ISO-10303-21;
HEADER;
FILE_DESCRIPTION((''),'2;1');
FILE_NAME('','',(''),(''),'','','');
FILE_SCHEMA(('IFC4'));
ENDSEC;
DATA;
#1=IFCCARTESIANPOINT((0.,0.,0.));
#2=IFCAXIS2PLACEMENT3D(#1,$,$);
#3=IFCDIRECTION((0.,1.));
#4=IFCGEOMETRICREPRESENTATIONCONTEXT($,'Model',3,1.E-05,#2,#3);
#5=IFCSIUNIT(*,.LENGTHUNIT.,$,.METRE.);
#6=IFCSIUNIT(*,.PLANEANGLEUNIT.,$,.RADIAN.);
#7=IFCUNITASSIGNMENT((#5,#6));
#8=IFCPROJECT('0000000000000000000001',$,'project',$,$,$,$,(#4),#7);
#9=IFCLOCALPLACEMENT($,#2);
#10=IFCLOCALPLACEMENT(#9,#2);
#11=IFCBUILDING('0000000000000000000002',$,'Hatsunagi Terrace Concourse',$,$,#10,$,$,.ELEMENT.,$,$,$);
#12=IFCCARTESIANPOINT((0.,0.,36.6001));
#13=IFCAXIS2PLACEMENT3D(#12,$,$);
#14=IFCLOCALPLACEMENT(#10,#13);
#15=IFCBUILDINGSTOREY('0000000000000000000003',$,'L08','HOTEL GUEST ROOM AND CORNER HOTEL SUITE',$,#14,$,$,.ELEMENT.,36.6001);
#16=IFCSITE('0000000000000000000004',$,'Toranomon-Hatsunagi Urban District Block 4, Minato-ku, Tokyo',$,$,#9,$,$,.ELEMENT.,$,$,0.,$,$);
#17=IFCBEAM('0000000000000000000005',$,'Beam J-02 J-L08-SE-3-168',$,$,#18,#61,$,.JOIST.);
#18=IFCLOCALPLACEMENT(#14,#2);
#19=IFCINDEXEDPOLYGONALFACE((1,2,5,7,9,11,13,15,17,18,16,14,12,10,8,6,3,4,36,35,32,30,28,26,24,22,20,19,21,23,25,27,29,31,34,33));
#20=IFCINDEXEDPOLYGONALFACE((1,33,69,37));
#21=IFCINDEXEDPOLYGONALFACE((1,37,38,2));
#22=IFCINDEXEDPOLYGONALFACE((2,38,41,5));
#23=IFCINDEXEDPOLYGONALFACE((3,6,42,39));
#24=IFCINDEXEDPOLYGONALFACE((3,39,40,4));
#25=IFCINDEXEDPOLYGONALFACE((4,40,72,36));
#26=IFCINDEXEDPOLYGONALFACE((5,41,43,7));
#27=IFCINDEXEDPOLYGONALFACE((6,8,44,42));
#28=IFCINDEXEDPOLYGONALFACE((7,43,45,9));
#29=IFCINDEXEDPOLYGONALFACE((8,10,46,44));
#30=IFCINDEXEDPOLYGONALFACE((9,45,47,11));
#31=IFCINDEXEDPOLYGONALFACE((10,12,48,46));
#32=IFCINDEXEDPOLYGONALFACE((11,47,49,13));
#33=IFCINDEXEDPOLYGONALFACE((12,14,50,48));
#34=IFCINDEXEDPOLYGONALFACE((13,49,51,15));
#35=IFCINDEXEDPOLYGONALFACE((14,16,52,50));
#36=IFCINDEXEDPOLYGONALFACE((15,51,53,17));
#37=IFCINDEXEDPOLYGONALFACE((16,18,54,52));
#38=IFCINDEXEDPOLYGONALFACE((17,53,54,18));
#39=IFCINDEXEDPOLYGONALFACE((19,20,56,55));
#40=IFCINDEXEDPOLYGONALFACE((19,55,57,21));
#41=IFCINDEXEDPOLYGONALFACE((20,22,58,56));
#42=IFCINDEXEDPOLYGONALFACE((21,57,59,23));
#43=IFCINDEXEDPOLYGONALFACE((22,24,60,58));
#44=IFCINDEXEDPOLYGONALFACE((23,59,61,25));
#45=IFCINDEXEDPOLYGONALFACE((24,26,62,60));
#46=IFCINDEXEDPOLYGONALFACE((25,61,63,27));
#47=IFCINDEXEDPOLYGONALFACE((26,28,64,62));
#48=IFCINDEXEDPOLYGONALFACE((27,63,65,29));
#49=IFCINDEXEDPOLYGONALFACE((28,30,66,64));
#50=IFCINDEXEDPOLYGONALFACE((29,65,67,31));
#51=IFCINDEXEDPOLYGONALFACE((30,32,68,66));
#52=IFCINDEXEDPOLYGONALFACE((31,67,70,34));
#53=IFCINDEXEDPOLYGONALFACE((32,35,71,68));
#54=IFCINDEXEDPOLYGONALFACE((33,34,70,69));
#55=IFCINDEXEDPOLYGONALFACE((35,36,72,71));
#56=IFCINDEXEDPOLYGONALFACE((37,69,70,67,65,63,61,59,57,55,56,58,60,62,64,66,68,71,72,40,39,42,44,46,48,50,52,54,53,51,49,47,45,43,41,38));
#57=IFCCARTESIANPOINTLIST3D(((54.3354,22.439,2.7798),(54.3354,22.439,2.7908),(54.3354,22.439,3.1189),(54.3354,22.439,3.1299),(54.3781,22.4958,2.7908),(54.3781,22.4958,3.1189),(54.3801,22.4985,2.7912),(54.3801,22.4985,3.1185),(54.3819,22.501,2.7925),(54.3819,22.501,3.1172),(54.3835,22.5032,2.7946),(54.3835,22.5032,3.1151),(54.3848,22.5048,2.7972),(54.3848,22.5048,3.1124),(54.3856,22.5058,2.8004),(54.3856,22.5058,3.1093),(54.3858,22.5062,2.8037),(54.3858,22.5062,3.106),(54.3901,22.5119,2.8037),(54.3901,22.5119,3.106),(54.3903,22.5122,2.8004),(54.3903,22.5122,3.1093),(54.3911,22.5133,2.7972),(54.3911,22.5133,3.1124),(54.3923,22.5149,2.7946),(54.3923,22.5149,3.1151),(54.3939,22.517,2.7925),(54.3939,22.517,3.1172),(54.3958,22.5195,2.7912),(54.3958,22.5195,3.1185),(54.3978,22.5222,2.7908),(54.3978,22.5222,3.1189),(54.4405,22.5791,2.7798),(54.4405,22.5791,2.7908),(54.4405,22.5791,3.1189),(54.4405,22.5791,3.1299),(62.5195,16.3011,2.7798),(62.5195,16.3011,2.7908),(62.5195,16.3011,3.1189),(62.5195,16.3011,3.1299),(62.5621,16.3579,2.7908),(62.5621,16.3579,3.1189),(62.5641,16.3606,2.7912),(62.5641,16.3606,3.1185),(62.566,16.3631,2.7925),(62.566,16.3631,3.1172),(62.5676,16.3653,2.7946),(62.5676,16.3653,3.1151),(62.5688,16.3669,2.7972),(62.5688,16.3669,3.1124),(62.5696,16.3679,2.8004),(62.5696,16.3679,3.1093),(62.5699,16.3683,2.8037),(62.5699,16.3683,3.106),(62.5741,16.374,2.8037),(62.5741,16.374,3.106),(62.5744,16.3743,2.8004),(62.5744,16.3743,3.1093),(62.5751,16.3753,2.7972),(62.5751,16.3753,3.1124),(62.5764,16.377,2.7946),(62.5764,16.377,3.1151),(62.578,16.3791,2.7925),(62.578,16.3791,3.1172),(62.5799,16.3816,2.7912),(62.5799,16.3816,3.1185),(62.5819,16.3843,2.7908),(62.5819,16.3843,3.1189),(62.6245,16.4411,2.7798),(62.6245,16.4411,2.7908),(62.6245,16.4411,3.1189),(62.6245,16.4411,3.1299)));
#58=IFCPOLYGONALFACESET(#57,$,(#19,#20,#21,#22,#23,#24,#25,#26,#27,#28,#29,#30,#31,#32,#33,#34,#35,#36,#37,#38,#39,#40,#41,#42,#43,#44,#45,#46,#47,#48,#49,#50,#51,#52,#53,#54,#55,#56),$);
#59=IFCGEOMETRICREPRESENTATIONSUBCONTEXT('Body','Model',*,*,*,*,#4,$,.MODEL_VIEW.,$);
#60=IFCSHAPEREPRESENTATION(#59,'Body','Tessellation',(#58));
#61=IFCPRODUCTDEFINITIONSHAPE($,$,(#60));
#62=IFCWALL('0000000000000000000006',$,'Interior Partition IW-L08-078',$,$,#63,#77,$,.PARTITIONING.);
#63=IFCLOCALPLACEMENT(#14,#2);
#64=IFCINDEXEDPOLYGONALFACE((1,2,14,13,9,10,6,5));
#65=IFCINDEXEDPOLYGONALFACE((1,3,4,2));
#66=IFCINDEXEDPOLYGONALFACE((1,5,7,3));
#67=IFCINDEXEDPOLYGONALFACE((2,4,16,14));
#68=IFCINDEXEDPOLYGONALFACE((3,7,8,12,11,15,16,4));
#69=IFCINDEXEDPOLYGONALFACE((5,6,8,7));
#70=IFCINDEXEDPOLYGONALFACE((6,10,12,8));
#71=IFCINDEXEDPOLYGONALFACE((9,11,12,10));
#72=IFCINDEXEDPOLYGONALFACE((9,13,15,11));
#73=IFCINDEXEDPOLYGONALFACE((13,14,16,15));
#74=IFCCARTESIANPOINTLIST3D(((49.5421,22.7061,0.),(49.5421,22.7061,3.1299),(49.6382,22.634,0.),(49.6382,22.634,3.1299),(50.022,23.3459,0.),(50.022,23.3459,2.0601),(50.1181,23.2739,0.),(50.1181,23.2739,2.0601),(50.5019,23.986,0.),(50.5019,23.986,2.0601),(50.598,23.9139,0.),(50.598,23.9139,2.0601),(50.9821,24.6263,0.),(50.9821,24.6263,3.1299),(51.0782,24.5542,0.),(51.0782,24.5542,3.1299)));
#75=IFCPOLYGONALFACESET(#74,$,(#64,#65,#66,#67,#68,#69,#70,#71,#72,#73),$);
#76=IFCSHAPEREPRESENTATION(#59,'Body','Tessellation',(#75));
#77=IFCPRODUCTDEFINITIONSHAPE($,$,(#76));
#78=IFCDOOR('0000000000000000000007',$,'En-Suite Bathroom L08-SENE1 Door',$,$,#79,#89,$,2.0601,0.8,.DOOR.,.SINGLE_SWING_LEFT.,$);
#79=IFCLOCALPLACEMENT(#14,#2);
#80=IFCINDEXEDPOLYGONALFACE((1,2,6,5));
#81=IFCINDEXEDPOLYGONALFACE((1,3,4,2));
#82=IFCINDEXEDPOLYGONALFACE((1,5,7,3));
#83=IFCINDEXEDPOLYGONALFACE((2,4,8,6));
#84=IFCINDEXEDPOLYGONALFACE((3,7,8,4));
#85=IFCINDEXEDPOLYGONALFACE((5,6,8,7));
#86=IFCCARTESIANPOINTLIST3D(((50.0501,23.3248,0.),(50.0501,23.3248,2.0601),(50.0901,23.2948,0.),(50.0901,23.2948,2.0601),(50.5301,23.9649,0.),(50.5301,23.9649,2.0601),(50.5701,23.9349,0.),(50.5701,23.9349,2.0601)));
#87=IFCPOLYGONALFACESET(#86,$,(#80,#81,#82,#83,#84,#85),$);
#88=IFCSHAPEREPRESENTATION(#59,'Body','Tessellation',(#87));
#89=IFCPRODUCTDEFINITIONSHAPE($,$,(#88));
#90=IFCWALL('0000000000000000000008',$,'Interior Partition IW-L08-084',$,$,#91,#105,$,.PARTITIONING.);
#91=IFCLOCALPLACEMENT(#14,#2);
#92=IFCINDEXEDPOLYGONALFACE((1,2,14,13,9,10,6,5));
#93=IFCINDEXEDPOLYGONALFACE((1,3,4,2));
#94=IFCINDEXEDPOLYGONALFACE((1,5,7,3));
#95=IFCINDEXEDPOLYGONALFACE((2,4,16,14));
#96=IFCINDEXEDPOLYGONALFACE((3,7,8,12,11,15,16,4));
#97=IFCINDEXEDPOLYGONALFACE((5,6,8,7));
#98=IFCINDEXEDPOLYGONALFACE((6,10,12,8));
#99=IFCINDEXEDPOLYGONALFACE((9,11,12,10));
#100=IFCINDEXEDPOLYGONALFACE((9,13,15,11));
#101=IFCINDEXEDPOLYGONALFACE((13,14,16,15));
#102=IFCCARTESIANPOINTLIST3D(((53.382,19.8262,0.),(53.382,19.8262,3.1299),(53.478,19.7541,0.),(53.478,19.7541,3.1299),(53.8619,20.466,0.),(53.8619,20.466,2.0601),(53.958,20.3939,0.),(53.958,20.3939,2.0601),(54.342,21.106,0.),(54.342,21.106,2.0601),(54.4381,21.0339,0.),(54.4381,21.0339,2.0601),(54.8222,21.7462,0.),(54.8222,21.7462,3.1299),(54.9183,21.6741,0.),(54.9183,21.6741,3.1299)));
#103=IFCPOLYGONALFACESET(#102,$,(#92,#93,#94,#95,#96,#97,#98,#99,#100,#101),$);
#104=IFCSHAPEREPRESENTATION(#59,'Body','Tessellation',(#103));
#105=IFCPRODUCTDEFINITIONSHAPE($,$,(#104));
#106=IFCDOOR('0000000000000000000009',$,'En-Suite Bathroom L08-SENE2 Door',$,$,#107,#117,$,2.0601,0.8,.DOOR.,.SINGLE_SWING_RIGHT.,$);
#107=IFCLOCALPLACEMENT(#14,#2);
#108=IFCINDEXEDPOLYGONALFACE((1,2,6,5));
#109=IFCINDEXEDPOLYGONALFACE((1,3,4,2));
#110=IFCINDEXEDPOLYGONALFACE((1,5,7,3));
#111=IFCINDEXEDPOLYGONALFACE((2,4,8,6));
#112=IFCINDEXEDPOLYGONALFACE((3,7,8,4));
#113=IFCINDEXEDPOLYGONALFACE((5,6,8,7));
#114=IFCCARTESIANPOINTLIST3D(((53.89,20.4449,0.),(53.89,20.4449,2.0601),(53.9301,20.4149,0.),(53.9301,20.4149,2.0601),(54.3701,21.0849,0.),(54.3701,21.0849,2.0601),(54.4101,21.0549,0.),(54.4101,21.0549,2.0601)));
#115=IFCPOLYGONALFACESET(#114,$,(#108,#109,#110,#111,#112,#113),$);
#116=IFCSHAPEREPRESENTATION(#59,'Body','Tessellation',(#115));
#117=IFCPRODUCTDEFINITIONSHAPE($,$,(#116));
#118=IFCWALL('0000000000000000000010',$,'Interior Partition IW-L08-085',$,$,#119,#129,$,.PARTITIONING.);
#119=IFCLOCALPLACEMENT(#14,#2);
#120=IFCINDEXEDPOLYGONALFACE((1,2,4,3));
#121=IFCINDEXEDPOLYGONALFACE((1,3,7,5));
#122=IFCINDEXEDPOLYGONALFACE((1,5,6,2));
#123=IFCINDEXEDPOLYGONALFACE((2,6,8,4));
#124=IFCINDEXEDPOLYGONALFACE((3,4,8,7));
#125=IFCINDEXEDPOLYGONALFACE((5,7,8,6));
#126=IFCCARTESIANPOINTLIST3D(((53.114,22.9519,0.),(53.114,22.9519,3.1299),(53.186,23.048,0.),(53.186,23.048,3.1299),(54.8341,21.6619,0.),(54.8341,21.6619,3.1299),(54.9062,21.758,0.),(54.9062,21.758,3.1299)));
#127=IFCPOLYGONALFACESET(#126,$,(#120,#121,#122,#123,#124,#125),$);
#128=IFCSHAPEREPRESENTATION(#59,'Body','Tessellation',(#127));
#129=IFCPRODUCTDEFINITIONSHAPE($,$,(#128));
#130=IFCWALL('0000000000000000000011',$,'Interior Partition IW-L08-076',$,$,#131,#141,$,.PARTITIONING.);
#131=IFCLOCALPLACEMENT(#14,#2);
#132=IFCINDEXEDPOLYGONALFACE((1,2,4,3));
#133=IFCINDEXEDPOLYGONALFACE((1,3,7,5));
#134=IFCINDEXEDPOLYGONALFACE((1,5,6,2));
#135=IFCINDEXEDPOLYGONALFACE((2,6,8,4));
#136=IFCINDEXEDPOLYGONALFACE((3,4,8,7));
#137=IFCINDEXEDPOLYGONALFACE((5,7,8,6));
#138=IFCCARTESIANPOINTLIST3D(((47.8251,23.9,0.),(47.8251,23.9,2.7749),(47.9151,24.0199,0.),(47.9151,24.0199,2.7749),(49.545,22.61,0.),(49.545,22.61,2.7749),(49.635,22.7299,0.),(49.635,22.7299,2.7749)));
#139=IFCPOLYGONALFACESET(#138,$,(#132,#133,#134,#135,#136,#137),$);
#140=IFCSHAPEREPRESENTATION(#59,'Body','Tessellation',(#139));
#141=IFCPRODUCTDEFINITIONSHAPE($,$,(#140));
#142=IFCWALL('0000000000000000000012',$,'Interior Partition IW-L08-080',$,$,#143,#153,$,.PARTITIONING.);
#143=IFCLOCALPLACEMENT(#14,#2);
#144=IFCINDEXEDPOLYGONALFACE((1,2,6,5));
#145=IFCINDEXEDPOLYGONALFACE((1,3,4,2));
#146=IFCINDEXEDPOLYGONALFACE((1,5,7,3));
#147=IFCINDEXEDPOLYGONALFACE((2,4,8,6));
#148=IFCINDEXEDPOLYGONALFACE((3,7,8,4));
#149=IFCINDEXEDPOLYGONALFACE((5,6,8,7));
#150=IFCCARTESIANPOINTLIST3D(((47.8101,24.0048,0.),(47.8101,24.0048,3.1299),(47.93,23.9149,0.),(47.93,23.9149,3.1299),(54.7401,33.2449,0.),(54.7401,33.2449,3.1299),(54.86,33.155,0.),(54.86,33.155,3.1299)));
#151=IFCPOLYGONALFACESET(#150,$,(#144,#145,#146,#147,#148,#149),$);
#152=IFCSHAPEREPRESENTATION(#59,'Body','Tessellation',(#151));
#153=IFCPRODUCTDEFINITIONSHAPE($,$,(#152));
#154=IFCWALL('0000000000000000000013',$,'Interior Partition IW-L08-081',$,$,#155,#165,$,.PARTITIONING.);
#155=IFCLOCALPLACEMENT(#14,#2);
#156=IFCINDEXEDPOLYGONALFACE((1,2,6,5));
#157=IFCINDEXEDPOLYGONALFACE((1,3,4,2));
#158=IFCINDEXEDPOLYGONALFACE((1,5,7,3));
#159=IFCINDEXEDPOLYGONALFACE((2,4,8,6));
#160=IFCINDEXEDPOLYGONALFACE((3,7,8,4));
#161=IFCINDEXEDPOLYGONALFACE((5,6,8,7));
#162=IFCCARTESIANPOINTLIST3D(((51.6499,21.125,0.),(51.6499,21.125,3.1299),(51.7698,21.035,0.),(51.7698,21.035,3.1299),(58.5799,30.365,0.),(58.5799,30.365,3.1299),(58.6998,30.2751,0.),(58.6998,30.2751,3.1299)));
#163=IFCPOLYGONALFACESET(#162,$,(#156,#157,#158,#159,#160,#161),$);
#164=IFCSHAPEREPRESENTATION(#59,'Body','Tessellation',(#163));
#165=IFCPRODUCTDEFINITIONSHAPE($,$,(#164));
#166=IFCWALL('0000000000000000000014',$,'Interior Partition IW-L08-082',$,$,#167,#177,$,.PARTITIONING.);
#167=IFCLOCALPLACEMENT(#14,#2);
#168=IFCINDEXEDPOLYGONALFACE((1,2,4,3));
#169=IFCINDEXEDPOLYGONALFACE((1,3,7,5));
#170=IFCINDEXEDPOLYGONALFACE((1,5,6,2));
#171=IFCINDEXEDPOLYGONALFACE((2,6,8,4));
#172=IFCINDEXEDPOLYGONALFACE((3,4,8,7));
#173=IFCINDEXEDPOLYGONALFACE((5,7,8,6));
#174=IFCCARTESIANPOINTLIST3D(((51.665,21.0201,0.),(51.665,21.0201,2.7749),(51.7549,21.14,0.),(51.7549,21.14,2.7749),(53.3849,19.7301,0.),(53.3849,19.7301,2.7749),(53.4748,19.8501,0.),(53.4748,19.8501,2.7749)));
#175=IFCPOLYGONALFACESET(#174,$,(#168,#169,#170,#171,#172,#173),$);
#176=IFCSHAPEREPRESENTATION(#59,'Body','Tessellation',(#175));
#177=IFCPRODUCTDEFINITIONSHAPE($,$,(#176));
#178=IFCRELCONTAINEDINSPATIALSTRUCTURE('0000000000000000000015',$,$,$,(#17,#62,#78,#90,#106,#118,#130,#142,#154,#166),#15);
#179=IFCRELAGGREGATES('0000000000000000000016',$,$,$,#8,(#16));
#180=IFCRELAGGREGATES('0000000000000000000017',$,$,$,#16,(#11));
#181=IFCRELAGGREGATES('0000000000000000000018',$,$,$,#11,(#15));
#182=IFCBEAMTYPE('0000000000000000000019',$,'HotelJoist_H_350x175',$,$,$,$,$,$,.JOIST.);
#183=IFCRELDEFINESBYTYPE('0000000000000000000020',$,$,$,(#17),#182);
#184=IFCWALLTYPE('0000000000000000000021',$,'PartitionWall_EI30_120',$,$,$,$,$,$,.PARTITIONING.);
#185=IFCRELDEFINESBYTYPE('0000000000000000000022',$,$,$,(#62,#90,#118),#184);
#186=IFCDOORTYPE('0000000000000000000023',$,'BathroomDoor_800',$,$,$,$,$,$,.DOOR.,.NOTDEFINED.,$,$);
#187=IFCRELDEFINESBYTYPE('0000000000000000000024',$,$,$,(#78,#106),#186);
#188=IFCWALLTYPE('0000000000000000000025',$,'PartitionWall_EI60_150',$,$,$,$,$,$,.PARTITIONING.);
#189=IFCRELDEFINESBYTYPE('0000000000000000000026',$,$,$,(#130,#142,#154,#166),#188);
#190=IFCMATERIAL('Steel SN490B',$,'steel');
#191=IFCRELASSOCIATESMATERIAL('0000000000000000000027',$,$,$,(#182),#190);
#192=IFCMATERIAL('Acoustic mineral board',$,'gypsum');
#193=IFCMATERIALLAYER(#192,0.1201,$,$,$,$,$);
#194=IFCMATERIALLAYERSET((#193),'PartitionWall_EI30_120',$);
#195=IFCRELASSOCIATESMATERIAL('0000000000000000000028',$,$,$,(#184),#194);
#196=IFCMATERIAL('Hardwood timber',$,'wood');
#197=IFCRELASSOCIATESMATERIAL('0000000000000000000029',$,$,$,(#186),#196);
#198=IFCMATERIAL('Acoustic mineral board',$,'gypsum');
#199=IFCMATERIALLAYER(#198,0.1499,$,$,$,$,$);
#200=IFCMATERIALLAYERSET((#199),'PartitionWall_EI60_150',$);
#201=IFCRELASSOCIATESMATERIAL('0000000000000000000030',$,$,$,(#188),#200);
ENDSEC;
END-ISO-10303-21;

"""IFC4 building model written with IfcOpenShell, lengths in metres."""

from ifc_helpers import new_model, si_unit, direction, frame, frame_2d, origin, origin_2d, place, context, subcontext, project, spatial, rectangle, i_section, extrude, material, layer, layer_set, material_profile, profile_set, type_object, element, fill, save


model = new_model("IFC4")

# Units and contexts
model_context = context("Model", 3, precision=1e-05, world=origin(), true_north=direction((0.0, 1.0)))
body_context = subcontext(model_context, "Body", "Model", "MODEL_VIEW")
ifc_project = project(units=[si_unit("LENGTHUNIT", "METRE"), si_unit("PLANEANGLEUNIT", "RADIAN")], contexts=[model_context])

# Site, building, storey
site_placement = place(None, origin())
site = spatial("IfcSite", under=ifc_project, at=site_placement, Name="Toranomon-Hatsunagi Urban District Block 4, Minato-ku, Tokyo", CompositionType="ELEMENT", RefElevation=0.0)
building_placement = place(site_placement, origin())
building = spatial("IfcBuilding", under=site, at=building_placement, Name="Hatsunagi Terrace Concourse", CompositionType="ELEMENT")
storey_placement = place(building_placement, frame((0.0, 0.0, 36.6001)))
storey = spatial("IfcBuildingStorey", under=building, at=storey_placement, Name="L08", Description="HOTEL GUEST ROOM AND CORNER HOTEL SUITE", CompositionType="ELEMENT", Elevation=36.6001)

# Beam
ifc_material_1 = material(Name="Steel SN490B", Category="steel")
ifc_material_profile_1 = material_profile(ifc_material_1, i_section(OverallWidth=0.175, OverallDepth=0.3501, WebThickness=0.0071, FlangeThickness=0.011, FilletRadius=0.0129, at=origin_2d()), Name="H-350x175x7x11")
ifc_profile_set_1 = profile_set([ifc_material_profile_1], Name="Steel SN490B")
beam_type_1 = type_object("IfcBeamType", Name="HotelJoist_H_350x175", PredefinedType="JOIST", material=ifc_profile_set_1)
for number, where, z_axis, x_axis, name in (
    (1, (54.3879, 22.509, 2.9548), (0.800006, -0.599992, 0.0), (0.599992, 0.800006, 0.0), "Beam J-02 J-L08-SE-3-168"),
):
    element("IfcBeam", number, at=place(storey_placement, frame(where, z_axis=z_axis, x_axis=x_axis)), inside=storey, type_object=beam_type_1, Name=name, PredefinedType="JOIST", context=body_context, shape_type="SweptSolid", body=[
        extrude(i_section(OverallWidth=0.175, OverallDepth=0.3501, WebThickness=0.0071, FlangeThickness=0.011, FilletRadius=0.0129, at=origin_2d()), origin(), (0.0, 0.0, 1.0), 10.23),
    ])

# Walls, openings, doors
ifc_material_2 = material(Name="Acoustic mineral board", Category="gypsum")
ifc_layer_1 = layer(ifc_material_2, 0.1201)
ifc_layer_set_1 = layer_set([ifc_layer_1], Name="PartitionWall_EI30_120")
wall_type_1 = type_object("IfcWallType", Name="PartitionWall_EI30_120", PredefinedType="PARTITIONING", material=ifc_layer_set_1)
wall_1_placement = place(storey_placement, frame((49.5901, 22.6699, 0.0), z_axis=(0.0, 0.0, 1.0), x_axis=(0.599951, 0.800037, 0.0)))
wall_1 = element("IfcWall", 2, at=wall_1_placement, inside=storey, type_object=wall_type_1, Name="Interior Partition IW-L08-078", PredefinedType="PARTITIONING", context=body_context, shape_type="SweptSolid", body=[
    extrude(rectangle(XDim=2.4001, YDim=0.1201, at=frame_2d((1.2002, 0.0))), origin(), (0.0, 0.0, 1.0), 3.1299),
])
opening_1_placement = place(wall_1_placement, frame((0.8, 0.0, 0.0)))
opening_1 = element("IfcOpeningElement", 3, at=opening_1_placement, cuts=wall_1, PredefinedType="OPENING", context=body_context, shape_type="SweptSolid", body=[
    extrude(rectangle(XDim=0.8, YDim=2.0601, at=frame_2d((0.3999, 1.03))), frame((0.0, 0.0701, 0.0), z_axis=(0.0, -1.0, 0.0), x_axis=(1.0, 0.0, 0.0)), (0.0, 0.0, 1.0), 0.1401),
])
ifc_material_3 = material(Name="Hardwood timber", Category="wood")
door_type_1 = type_object("IfcDoorType", Name="BathroomDoor_800", OperationType="NOTDEFINED", PredefinedType="DOOR", material=ifc_material_3)
door_1_placement = place(opening_1_placement, origin())
door_1 = element("IfcDoor", 4, at=door_1_placement, inside=storey, type_object=door_type_1, Name="En-Suite Bathroom L08-SENE1 Door", OperationType="SINGLE_SWING_LEFT", OverallHeight=2.0601, OverallWidth=0.8, PredefinedType="DOOR", context=body_context, shape_type="SweptSolid", body=[
    extrude(rectangle(XDim=0.8, YDim=2.0601, at=frame_2d((0.3999, 1.03))), frame((0.0, 0.0249, 0.0), z_axis=(0.0, -1.0, 0.0), x_axis=(1.0, 0.0, 0.0)), (0.0, 0.0, 1.0), 0.05),
])
fill(opening_1, door_1)
wall_2_placement = place(storey_placement, frame((53.4299, 19.79, 0.0), z_axis=(0.0, 0.0, 1.0), x_axis=(0.600065, 0.799951, 0.0)))
wall_2 = element("IfcWall", 5, at=wall_2_placement, inside=storey, type_object=wall_type_1, Name="Interior Partition IW-L08-084", PredefinedType="PARTITIONING", context=body_context, shape_type="SweptSolid", body=[
    extrude(rectangle(XDim=2.4001, YDim=0.1201, at=frame_2d((1.2002, 0.0))), origin(), (0.0, 0.0, 1.0), 3.1299),
])
opening_2_placement = place(wall_2_placement, frame((0.8, 0.0, 0.0)))
opening_2 = element("IfcOpeningElement", 6, at=opening_2_placement, cuts=wall_2, PredefinedType="OPENING", context=body_context, shape_type="SweptSolid", body=[
    extrude(rectangle(XDim=0.8, YDim=2.0601, at=frame_2d((0.3999, 1.03))), frame((0.0, 0.0701, 0.0), z_axis=(0.0, -1.0, 0.0), x_axis=(1.0, 0.0, 0.0)), (0.0, 0.0, 1.0), 0.1401),
])
door_2_placement = place(opening_2_placement, origin())
door_2 = element("IfcDoor", 7, at=door_2_placement, inside=storey, type_object=door_type_1, Name="En-Suite Bathroom L08-SENE2 Door", OperationType="SINGLE_SWING_RIGHT", OverallHeight=2.0601, OverallWidth=0.8, PredefinedType="DOOR", context=body_context, shape_type="SweptSolid", body=[
    extrude(rectangle(XDim=0.8, YDim=2.0601, at=frame_2d((0.3999, 1.03))), frame((0.0, 0.0249, 0.0), z_axis=(0.0, -1.0, 0.0), x_axis=(1.0, 0.0, 0.0)), (0.0, 0.0, 1.0), 0.05),
])
fill(opening_2, door_2)

# Wall
wall_3_placement = place(storey_placement, frame((53.1499, 23.0, 0.0), z_axis=(0.0, 0.0, 1.0), x_axis=(0.800027, -0.599964, 0.0)))
element("IfcWall", 8, at=wall_3_placement, inside=storey, type_object=wall_type_1, Name="Interior Partition IW-L08-085", PredefinedType="PARTITIONING", context=body_context, shape_type="SweptSolid", body=[
    extrude(rectangle(XDim=2.1501, YDim=0.1201, at=frame_2d((1.0752, 0.0))), origin(), (0.0, 0.0, 1.0), 3.1299),
])

# Shared definitions
ifc_material_4 = material(Name="Acoustic mineral board", Category="gypsum")
ifc_layer_2 = layer(ifc_material_4, 0.1499)
ifc_layer_set_2 = layer_set([ifc_layer_2], Name="PartitionWall_EI60_150")
wall_type_2 = type_object("IfcWallType", Name="PartitionWall_EI60_150", PredefinedType="PARTITIONING", material=ifc_layer_set_2)

# Wall
wall_4_placement = place(storey_placement, frame((47.8701, 23.96, 0.0), z_axis=(0.0, 0.0, 1.0), x_axis=(0.799986, -0.600018, 0.0)))
element("IfcWall", 9, at=wall_4_placement, inside=storey, type_object=wall_type_2, Name="Interior Partition IW-L08-076", PredefinedType="PARTITIONING", context=body_context, shape_type="SweptSolid", body=[
    extrude(rectangle(XDim=2.1499, YDim=0.1499, at=frame_2d((1.075, 0.0))), origin(), (0.0, 0.0, 1.0), 2.7749),
])

# Walls
for number, where, z_axis, x_axis, name in (
    (10, (47.8701, 23.96, 0.0), (0.0, 0.0, 1.0), (0.599997, 0.800003, 0.0), "Interior Partition IW-L08-080"),
    (11, (51.71, 21.0801, 0.0), (0.0, 0.0, 1.0), (0.599997, 0.800003, 0.0), "Interior Partition IW-L08-081"),
):
    element("IfcWall", number, at=place(storey_placement, frame(where, z_axis=z_axis, x_axis=x_axis)), inside=storey, type_object=wall_type_2, Name=name, PredefinedType="PARTITIONING", context=body_context, shape_type="SweptSolid", body=[
        extrude(rectangle(XDim=11.55, YDim=0.1499, at=frame_2d((5.7749, 0.0))), origin(), (0.0, 0.0, 1.0), 3.1299),
    ])
wall_5_placement = place(storey_placement, frame((51.71, 21.0801, 0.0), z_axis=(0.0, 0.0, 1.0), x_axis=(0.799986, -0.600018, 0.0)))
element("IfcWall", 12, at=wall_5_placement, inside=storey, type_object=wall_type_2, Name="Interior Partition IW-L08-082", PredefinedType="PARTITIONING", context=body_context, shape_type="SweptSolid", body=[
    extrude(rectangle(XDim=2.1499, YDim=0.1499, at=frame_2d((1.075, 0.0))), origin(), (0.0, 0.0, 1.0), 2.7749),
])

save(model, "model.ifc")
